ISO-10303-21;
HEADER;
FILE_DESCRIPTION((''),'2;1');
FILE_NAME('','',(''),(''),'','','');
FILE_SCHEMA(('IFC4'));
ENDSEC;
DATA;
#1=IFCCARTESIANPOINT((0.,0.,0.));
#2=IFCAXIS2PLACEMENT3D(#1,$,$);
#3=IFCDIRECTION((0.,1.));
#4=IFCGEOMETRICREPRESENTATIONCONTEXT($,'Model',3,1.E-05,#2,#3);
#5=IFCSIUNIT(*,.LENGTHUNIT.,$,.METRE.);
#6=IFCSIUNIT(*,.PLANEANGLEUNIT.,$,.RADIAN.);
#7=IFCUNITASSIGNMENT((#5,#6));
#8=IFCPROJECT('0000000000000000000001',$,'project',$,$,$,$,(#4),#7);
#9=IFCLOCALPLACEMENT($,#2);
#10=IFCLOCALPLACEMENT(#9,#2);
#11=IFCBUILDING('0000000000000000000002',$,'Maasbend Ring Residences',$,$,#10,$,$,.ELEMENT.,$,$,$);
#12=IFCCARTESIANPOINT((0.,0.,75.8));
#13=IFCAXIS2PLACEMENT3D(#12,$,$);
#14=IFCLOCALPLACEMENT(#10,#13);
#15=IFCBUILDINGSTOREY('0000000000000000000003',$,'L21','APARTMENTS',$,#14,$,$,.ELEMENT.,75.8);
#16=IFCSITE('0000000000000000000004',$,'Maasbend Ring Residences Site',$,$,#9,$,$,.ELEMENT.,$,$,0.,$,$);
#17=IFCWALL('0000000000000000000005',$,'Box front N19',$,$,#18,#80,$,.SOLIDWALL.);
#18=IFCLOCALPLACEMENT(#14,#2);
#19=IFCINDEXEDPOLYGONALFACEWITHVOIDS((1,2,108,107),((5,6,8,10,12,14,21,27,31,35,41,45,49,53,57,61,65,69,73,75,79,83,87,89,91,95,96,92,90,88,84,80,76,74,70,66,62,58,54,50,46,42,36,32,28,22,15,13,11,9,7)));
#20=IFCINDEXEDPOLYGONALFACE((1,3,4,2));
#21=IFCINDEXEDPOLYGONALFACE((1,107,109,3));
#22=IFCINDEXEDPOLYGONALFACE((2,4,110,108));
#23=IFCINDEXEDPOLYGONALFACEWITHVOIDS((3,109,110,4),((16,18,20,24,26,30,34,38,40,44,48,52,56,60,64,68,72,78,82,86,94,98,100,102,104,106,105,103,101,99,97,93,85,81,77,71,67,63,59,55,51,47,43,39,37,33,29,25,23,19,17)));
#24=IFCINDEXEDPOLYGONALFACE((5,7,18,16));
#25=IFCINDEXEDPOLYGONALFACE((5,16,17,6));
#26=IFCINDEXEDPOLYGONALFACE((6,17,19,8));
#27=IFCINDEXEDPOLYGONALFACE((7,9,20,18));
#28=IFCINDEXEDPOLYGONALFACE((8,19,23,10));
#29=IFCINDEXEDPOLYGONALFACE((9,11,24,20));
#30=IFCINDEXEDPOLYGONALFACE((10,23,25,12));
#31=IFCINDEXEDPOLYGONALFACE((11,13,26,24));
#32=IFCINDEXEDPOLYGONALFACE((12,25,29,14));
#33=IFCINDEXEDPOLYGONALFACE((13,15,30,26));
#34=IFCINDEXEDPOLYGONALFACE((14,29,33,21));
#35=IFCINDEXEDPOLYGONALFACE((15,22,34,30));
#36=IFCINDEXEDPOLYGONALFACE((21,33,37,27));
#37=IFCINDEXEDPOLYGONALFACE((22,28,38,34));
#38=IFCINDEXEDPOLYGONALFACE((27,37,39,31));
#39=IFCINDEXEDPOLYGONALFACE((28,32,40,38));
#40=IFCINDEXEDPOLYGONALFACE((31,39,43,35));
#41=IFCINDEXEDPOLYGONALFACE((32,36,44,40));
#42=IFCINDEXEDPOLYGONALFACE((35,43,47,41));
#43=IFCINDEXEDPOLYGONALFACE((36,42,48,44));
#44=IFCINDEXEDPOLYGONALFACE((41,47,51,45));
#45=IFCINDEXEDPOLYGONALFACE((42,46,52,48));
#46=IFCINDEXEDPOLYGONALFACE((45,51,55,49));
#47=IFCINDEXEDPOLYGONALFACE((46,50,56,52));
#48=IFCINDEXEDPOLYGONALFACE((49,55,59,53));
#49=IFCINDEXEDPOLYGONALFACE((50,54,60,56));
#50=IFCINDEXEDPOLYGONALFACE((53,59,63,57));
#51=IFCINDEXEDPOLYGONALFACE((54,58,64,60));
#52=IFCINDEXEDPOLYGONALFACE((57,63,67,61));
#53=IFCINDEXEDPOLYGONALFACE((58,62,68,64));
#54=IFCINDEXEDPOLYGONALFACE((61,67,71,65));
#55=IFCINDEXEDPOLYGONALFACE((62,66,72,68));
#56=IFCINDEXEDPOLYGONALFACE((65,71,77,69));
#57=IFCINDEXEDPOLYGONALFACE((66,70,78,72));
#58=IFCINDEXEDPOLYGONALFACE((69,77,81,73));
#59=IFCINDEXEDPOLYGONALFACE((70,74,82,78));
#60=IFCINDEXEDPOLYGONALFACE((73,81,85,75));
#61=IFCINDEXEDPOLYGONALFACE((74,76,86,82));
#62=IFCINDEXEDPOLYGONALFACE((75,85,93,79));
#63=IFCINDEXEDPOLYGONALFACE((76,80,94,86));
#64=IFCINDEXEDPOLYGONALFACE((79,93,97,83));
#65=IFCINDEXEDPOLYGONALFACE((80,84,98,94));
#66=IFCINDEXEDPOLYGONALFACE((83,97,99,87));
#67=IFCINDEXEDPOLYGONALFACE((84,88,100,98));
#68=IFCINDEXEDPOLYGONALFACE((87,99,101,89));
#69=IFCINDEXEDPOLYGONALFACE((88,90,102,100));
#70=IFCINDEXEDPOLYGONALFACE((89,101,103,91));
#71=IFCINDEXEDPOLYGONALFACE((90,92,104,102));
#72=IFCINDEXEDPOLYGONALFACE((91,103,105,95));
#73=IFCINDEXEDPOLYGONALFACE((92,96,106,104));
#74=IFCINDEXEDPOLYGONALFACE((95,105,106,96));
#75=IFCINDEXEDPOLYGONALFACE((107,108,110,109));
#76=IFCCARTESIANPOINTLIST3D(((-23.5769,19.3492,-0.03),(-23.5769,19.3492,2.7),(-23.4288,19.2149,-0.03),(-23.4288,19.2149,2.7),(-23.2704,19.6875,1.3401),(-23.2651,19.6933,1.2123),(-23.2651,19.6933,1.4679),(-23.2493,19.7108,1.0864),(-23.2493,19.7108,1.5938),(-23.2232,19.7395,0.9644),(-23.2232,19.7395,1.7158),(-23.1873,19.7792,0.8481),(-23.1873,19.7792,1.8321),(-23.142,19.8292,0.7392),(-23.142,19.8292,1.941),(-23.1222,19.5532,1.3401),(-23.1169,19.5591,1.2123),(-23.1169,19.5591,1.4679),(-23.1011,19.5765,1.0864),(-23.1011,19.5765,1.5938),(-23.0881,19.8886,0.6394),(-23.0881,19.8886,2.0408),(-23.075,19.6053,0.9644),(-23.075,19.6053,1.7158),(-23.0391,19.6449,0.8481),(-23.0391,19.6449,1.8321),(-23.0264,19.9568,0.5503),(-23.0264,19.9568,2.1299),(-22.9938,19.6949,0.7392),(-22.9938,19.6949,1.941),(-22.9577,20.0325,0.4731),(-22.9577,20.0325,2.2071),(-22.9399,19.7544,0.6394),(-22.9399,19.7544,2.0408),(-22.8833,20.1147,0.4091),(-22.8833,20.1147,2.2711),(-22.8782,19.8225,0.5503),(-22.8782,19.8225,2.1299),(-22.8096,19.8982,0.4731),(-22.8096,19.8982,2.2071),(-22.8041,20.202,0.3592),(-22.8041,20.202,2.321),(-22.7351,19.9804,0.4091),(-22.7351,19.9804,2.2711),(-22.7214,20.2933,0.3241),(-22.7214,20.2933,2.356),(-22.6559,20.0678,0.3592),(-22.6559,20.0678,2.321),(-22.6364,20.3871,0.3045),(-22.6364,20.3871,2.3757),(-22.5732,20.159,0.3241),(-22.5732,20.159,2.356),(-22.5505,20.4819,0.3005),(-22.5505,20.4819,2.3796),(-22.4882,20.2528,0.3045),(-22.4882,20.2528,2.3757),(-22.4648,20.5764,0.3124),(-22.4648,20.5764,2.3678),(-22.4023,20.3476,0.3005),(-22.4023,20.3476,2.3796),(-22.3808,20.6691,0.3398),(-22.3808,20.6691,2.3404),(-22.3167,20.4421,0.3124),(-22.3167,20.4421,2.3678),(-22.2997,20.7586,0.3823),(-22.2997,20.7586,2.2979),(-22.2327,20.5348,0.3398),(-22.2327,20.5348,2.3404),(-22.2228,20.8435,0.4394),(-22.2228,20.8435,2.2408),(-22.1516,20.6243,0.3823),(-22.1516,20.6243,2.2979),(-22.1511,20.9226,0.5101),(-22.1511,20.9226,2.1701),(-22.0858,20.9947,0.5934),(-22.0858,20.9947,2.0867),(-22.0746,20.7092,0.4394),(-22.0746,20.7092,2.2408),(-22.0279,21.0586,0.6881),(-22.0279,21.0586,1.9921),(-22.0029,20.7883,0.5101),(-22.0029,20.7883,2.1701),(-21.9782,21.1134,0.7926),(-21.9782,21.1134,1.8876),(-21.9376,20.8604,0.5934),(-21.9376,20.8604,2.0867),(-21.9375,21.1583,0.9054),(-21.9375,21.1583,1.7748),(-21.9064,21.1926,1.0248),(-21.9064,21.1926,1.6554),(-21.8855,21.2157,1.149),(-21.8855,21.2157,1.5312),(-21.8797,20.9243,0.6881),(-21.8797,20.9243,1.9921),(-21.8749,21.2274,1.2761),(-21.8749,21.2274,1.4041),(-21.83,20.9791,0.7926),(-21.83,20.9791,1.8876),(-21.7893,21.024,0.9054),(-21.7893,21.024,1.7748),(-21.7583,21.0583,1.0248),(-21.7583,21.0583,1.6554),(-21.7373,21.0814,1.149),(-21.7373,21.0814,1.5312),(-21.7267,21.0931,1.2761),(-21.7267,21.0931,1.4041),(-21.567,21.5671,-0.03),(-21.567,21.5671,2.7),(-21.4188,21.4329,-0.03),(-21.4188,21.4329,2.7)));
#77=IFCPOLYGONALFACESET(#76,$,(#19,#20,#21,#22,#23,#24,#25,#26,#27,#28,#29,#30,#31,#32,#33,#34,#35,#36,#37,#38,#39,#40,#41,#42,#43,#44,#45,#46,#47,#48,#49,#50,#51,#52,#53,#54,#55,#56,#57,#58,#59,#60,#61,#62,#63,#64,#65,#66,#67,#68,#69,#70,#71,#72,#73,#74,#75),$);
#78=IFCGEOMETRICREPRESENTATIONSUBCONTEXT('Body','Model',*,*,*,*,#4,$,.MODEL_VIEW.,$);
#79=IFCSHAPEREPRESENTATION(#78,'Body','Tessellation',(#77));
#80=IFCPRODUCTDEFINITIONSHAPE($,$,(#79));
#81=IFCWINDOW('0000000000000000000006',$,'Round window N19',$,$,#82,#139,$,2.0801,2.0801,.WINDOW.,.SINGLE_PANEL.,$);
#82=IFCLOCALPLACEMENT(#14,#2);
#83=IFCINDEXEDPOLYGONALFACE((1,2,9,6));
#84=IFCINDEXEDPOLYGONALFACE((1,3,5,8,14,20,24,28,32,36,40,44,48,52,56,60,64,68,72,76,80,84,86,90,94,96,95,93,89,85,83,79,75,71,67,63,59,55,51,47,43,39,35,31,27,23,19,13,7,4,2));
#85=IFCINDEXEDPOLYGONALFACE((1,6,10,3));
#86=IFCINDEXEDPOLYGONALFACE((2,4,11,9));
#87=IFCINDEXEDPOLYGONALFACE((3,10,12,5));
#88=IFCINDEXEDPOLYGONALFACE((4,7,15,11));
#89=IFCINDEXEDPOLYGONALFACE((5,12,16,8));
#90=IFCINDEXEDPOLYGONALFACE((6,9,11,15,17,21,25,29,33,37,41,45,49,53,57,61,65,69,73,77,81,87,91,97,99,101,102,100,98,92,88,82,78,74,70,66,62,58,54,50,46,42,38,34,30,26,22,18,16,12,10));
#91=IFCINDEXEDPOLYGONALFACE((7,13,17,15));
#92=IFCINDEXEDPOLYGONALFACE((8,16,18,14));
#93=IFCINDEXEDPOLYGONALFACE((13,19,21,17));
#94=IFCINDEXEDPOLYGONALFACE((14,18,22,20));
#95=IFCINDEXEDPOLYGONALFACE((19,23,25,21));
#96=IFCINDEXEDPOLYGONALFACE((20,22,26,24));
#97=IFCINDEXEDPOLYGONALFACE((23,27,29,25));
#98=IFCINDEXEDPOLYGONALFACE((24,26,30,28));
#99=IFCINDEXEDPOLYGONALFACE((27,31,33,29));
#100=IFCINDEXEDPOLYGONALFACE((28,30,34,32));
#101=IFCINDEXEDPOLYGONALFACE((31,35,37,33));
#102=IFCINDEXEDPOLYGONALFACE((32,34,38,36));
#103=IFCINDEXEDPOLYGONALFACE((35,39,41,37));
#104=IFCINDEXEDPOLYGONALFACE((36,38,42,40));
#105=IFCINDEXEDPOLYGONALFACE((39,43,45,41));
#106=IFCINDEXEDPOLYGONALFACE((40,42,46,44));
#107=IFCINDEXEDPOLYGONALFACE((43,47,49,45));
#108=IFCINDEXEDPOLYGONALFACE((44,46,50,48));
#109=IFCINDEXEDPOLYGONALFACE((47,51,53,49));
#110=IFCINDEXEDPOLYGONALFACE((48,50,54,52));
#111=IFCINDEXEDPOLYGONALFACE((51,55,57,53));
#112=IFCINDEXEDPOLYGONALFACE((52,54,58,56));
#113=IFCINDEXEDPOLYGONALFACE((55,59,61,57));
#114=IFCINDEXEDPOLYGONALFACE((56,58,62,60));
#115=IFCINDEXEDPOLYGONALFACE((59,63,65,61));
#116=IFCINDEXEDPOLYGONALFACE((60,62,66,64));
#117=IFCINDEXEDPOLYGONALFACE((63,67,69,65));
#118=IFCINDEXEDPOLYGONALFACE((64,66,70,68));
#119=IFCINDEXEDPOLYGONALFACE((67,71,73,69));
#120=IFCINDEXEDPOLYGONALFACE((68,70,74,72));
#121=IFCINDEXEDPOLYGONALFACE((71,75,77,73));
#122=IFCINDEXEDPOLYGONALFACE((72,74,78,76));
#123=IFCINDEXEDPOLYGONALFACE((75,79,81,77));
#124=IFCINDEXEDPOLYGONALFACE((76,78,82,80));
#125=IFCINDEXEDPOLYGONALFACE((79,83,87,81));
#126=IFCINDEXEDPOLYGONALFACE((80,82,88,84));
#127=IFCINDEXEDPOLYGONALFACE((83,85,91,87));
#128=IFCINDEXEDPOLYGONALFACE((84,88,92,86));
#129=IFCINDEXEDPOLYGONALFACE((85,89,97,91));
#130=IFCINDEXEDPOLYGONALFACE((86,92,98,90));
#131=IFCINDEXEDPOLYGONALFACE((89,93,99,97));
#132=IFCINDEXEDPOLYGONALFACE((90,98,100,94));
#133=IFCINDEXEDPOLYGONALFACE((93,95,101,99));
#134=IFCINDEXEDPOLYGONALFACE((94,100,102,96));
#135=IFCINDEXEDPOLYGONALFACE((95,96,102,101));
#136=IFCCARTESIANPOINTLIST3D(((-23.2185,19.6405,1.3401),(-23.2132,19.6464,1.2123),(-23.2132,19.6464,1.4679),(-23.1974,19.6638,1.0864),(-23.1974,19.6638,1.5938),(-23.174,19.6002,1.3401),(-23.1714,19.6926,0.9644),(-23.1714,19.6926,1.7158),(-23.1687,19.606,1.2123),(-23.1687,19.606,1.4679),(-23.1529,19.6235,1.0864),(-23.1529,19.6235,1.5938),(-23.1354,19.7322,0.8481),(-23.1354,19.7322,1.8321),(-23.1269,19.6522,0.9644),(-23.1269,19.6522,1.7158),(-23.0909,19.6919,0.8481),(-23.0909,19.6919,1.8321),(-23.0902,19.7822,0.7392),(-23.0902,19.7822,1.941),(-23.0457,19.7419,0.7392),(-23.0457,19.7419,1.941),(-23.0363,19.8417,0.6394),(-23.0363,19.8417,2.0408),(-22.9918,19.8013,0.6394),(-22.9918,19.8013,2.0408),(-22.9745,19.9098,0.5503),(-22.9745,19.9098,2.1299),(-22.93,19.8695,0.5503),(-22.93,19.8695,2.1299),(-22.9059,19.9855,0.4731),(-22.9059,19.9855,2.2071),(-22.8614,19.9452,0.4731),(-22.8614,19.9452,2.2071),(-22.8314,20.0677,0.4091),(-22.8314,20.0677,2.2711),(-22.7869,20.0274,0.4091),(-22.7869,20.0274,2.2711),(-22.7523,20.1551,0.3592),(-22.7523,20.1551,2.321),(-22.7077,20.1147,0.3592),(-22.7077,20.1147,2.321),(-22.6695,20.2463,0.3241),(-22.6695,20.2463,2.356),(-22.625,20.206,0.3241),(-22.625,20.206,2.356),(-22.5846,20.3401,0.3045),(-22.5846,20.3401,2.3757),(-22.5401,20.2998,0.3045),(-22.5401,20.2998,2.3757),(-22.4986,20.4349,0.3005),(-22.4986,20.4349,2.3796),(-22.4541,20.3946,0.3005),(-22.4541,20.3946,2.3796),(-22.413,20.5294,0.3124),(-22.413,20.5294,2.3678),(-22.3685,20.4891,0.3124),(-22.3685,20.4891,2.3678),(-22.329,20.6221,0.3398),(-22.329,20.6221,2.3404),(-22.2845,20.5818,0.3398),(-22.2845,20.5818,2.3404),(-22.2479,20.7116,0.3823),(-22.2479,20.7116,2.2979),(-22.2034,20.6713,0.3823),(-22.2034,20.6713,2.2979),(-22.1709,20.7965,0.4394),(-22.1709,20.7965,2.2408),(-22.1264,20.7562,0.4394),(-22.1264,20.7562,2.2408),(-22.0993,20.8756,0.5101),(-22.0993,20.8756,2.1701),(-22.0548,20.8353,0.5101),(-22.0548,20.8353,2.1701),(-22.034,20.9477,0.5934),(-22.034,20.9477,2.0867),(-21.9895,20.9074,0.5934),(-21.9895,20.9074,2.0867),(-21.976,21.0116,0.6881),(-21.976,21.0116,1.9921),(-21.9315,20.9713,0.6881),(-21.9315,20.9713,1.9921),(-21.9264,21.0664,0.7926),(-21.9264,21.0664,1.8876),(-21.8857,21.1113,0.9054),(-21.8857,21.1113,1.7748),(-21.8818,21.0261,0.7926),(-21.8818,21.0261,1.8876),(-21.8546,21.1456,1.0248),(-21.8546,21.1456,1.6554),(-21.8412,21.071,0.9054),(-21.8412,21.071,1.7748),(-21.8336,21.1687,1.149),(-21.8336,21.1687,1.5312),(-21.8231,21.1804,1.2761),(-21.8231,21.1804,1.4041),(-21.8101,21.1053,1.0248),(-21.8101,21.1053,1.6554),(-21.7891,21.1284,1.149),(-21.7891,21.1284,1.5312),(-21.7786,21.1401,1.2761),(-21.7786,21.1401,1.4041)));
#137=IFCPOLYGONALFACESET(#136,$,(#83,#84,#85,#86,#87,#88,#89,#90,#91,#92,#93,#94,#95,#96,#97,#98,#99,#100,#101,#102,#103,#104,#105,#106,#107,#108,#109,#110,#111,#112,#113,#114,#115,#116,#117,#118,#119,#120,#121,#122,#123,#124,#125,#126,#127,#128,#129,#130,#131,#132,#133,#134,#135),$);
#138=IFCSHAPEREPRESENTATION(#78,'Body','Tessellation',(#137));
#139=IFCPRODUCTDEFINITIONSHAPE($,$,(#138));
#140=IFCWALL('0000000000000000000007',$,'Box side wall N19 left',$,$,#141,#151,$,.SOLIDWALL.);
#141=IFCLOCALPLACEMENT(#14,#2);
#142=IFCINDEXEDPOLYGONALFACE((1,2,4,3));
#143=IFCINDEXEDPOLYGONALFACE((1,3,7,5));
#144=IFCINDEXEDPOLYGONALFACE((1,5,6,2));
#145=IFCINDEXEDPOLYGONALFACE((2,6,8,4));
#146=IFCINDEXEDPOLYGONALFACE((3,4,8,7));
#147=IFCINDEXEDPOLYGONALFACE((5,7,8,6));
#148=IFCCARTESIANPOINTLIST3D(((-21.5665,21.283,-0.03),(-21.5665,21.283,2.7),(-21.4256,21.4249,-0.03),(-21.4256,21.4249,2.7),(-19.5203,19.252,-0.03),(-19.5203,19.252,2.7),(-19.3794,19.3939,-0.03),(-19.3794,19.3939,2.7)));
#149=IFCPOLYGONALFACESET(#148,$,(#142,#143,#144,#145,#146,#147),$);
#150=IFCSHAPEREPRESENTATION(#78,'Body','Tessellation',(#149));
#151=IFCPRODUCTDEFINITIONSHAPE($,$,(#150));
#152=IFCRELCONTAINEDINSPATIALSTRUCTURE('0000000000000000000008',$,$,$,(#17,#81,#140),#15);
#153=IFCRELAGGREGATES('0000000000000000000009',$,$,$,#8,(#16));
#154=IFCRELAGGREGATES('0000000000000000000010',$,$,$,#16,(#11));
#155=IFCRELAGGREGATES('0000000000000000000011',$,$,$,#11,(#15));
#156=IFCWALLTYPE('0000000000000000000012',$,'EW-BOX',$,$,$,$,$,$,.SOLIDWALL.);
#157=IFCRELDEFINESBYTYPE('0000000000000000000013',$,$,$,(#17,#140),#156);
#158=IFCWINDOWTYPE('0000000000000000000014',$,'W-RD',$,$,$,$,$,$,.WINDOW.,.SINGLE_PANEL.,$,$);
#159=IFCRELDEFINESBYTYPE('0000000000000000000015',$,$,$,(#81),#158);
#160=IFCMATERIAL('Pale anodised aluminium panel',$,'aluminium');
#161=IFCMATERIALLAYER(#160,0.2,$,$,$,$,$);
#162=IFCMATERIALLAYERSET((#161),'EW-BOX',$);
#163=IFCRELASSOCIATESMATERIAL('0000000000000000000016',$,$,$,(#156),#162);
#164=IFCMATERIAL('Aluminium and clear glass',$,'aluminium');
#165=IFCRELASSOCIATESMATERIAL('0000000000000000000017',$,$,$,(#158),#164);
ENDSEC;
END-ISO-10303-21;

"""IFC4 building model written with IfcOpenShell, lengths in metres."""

from ifc_helpers import new_model, si_unit, direction, frame, frame_2d, origin, place, context, subcontext, project, spatial, rectangle, circle, extrude, material, layer, layer_set, type_object, element, fill, save


model = new_model("IFC4")

# Units and contexts
model_context = context("Model", 3, precision=1e-05, world=origin(), true_north=direction((0.0, 1.0)))
body_context = subcontext(model_context, "Body", "Model", "MODEL_VIEW")
ifc_project = project(units=[si_unit("LENGTHUNIT", "METRE"), si_unit("PLANEANGLEUNIT", "RADIAN")], contexts=[model_context])

# Site, building, storey
site_placement = place(None, origin())
site = spatial("IfcSite", under=ifc_project, at=site_placement, Name="Maasbend Ring Residences Site", CompositionType="ELEMENT", RefElevation=0.0)
building_placement = place(site_placement, origin())
building = spatial("IfcBuilding", under=site, at=building_placement, Name="Maasbend Ring Residences", CompositionType="ELEMENT")
storey_placement = place(building_placement, frame((0.0, 0.0, 75.8)))
storey = spatial("IfcBuildingStorey", under=building, at=storey_placement, Name="L21", Description="APARTMENTS", CompositionType="ELEMENT", Elevation=75.8)

# Shared definitions
ifc_material_1 = material(Name="Pale anodised aluminium panel", Category="aluminium")
ifc_layer_1 = layer(ifc_material_1, 0.2)
ifc_layer_set_1 = layer_set([ifc_layer_1], Name="EW-BOX")
wall_type_1 = type_object("IfcWallType", Name="EW-BOX", PredefinedType="SOLIDWALL", material=ifc_layer_set_1)
ifc_material_2 = material(Name="Aluminium and clear glass", Category="aluminium")
window_type_1 = type_object("IfcWindowType", Name="W-RD", PartitioningType="SINGLE_PANEL", PredefinedType="WINDOW", material=ifc_material_2)

# Wall, opening, window
wall_1_placement = place(storey_placement, frame((-21.4929, 21.5, -0.03), z_axis=(0.0, 0.0, 1.0), x_axis=(-0.671507, -0.740998, 0.0)))
wall_1 = element("IfcWall", 1, at=wall_1_placement, inside=storey, type_object=wall_type_1, Name="Box front N19", PredefinedType="SOLIDWALL", context=body_context, shape_type="SweptSolid", body=[
    extrude(rectangle(XDim=2.9932, YDim=0.2, at=frame_2d((1.4966, 0.0))), origin(), (0.0, 0.0, 1.0), 2.73),
])
opening_1_placement = place(wall_1_placement, frame((0.4565, 0.0, 0.3301)))
opening_1 = element("IfcOpeningElement", 2, at=opening_1_placement, cuts=wall_1, PredefinedType="OPENING", context=body_context, shape_type="SweptSolid", body=[
    extrude(circle(Radius=1.04, at=frame_2d((1.04, 1.04))), frame((0.0, 0.1099, 0.0), z_axis=(0.0, -1.0, 0.0), x_axis=(1.0, 0.0, 0.0)), (0.0, 0.0, 1.0), 0.22),
])
window_1_placement = place(opening_1_placement, origin())
window_1 = element("IfcWindow", 3, at=window_1_placement, inside=storey, type_object=window_type_1, Name="Round window N19", OverallHeight=2.0801, OverallWidth=2.0801, PartitioningType="SINGLE_PANEL", PredefinedType="WINDOW", context=body_context, shape_type="SweptSolid", body=[
    extrude(circle(Radius=1.04, at=frame_2d((1.04, 1.04))), frame((0.0, 0.03, 0.0), z_axis=(0.0, -1.0, 0.0), x_axis=(1.0, 0.0, 0.0)), (0.0, 0.0, 1.0), 0.0601),
])
fill(opening_1, window_1)

# Wall
wall_2_placement = place(storey_placement, frame((-19.45, 19.323, -0.03), z_axis=(0.0, 0.0, 1.0), x_axis=(-0.709727, 0.704477, 0.0)))
element("IfcWall", 4, at=wall_2_placement, inside=storey, type_object=wall_type_1, Name="Box side wall N19 left", PredefinedType="SOLIDWALL", context=body_context, shape_type="SweptSolid", body=[
    extrude(rectangle(XDim=2.8831, YDim=0.2, at=frame_2d((1.4414, 0.0))), origin(), (0.0, 0.0, 1.0), 2.73),
])

save(model, "model.ifc")
